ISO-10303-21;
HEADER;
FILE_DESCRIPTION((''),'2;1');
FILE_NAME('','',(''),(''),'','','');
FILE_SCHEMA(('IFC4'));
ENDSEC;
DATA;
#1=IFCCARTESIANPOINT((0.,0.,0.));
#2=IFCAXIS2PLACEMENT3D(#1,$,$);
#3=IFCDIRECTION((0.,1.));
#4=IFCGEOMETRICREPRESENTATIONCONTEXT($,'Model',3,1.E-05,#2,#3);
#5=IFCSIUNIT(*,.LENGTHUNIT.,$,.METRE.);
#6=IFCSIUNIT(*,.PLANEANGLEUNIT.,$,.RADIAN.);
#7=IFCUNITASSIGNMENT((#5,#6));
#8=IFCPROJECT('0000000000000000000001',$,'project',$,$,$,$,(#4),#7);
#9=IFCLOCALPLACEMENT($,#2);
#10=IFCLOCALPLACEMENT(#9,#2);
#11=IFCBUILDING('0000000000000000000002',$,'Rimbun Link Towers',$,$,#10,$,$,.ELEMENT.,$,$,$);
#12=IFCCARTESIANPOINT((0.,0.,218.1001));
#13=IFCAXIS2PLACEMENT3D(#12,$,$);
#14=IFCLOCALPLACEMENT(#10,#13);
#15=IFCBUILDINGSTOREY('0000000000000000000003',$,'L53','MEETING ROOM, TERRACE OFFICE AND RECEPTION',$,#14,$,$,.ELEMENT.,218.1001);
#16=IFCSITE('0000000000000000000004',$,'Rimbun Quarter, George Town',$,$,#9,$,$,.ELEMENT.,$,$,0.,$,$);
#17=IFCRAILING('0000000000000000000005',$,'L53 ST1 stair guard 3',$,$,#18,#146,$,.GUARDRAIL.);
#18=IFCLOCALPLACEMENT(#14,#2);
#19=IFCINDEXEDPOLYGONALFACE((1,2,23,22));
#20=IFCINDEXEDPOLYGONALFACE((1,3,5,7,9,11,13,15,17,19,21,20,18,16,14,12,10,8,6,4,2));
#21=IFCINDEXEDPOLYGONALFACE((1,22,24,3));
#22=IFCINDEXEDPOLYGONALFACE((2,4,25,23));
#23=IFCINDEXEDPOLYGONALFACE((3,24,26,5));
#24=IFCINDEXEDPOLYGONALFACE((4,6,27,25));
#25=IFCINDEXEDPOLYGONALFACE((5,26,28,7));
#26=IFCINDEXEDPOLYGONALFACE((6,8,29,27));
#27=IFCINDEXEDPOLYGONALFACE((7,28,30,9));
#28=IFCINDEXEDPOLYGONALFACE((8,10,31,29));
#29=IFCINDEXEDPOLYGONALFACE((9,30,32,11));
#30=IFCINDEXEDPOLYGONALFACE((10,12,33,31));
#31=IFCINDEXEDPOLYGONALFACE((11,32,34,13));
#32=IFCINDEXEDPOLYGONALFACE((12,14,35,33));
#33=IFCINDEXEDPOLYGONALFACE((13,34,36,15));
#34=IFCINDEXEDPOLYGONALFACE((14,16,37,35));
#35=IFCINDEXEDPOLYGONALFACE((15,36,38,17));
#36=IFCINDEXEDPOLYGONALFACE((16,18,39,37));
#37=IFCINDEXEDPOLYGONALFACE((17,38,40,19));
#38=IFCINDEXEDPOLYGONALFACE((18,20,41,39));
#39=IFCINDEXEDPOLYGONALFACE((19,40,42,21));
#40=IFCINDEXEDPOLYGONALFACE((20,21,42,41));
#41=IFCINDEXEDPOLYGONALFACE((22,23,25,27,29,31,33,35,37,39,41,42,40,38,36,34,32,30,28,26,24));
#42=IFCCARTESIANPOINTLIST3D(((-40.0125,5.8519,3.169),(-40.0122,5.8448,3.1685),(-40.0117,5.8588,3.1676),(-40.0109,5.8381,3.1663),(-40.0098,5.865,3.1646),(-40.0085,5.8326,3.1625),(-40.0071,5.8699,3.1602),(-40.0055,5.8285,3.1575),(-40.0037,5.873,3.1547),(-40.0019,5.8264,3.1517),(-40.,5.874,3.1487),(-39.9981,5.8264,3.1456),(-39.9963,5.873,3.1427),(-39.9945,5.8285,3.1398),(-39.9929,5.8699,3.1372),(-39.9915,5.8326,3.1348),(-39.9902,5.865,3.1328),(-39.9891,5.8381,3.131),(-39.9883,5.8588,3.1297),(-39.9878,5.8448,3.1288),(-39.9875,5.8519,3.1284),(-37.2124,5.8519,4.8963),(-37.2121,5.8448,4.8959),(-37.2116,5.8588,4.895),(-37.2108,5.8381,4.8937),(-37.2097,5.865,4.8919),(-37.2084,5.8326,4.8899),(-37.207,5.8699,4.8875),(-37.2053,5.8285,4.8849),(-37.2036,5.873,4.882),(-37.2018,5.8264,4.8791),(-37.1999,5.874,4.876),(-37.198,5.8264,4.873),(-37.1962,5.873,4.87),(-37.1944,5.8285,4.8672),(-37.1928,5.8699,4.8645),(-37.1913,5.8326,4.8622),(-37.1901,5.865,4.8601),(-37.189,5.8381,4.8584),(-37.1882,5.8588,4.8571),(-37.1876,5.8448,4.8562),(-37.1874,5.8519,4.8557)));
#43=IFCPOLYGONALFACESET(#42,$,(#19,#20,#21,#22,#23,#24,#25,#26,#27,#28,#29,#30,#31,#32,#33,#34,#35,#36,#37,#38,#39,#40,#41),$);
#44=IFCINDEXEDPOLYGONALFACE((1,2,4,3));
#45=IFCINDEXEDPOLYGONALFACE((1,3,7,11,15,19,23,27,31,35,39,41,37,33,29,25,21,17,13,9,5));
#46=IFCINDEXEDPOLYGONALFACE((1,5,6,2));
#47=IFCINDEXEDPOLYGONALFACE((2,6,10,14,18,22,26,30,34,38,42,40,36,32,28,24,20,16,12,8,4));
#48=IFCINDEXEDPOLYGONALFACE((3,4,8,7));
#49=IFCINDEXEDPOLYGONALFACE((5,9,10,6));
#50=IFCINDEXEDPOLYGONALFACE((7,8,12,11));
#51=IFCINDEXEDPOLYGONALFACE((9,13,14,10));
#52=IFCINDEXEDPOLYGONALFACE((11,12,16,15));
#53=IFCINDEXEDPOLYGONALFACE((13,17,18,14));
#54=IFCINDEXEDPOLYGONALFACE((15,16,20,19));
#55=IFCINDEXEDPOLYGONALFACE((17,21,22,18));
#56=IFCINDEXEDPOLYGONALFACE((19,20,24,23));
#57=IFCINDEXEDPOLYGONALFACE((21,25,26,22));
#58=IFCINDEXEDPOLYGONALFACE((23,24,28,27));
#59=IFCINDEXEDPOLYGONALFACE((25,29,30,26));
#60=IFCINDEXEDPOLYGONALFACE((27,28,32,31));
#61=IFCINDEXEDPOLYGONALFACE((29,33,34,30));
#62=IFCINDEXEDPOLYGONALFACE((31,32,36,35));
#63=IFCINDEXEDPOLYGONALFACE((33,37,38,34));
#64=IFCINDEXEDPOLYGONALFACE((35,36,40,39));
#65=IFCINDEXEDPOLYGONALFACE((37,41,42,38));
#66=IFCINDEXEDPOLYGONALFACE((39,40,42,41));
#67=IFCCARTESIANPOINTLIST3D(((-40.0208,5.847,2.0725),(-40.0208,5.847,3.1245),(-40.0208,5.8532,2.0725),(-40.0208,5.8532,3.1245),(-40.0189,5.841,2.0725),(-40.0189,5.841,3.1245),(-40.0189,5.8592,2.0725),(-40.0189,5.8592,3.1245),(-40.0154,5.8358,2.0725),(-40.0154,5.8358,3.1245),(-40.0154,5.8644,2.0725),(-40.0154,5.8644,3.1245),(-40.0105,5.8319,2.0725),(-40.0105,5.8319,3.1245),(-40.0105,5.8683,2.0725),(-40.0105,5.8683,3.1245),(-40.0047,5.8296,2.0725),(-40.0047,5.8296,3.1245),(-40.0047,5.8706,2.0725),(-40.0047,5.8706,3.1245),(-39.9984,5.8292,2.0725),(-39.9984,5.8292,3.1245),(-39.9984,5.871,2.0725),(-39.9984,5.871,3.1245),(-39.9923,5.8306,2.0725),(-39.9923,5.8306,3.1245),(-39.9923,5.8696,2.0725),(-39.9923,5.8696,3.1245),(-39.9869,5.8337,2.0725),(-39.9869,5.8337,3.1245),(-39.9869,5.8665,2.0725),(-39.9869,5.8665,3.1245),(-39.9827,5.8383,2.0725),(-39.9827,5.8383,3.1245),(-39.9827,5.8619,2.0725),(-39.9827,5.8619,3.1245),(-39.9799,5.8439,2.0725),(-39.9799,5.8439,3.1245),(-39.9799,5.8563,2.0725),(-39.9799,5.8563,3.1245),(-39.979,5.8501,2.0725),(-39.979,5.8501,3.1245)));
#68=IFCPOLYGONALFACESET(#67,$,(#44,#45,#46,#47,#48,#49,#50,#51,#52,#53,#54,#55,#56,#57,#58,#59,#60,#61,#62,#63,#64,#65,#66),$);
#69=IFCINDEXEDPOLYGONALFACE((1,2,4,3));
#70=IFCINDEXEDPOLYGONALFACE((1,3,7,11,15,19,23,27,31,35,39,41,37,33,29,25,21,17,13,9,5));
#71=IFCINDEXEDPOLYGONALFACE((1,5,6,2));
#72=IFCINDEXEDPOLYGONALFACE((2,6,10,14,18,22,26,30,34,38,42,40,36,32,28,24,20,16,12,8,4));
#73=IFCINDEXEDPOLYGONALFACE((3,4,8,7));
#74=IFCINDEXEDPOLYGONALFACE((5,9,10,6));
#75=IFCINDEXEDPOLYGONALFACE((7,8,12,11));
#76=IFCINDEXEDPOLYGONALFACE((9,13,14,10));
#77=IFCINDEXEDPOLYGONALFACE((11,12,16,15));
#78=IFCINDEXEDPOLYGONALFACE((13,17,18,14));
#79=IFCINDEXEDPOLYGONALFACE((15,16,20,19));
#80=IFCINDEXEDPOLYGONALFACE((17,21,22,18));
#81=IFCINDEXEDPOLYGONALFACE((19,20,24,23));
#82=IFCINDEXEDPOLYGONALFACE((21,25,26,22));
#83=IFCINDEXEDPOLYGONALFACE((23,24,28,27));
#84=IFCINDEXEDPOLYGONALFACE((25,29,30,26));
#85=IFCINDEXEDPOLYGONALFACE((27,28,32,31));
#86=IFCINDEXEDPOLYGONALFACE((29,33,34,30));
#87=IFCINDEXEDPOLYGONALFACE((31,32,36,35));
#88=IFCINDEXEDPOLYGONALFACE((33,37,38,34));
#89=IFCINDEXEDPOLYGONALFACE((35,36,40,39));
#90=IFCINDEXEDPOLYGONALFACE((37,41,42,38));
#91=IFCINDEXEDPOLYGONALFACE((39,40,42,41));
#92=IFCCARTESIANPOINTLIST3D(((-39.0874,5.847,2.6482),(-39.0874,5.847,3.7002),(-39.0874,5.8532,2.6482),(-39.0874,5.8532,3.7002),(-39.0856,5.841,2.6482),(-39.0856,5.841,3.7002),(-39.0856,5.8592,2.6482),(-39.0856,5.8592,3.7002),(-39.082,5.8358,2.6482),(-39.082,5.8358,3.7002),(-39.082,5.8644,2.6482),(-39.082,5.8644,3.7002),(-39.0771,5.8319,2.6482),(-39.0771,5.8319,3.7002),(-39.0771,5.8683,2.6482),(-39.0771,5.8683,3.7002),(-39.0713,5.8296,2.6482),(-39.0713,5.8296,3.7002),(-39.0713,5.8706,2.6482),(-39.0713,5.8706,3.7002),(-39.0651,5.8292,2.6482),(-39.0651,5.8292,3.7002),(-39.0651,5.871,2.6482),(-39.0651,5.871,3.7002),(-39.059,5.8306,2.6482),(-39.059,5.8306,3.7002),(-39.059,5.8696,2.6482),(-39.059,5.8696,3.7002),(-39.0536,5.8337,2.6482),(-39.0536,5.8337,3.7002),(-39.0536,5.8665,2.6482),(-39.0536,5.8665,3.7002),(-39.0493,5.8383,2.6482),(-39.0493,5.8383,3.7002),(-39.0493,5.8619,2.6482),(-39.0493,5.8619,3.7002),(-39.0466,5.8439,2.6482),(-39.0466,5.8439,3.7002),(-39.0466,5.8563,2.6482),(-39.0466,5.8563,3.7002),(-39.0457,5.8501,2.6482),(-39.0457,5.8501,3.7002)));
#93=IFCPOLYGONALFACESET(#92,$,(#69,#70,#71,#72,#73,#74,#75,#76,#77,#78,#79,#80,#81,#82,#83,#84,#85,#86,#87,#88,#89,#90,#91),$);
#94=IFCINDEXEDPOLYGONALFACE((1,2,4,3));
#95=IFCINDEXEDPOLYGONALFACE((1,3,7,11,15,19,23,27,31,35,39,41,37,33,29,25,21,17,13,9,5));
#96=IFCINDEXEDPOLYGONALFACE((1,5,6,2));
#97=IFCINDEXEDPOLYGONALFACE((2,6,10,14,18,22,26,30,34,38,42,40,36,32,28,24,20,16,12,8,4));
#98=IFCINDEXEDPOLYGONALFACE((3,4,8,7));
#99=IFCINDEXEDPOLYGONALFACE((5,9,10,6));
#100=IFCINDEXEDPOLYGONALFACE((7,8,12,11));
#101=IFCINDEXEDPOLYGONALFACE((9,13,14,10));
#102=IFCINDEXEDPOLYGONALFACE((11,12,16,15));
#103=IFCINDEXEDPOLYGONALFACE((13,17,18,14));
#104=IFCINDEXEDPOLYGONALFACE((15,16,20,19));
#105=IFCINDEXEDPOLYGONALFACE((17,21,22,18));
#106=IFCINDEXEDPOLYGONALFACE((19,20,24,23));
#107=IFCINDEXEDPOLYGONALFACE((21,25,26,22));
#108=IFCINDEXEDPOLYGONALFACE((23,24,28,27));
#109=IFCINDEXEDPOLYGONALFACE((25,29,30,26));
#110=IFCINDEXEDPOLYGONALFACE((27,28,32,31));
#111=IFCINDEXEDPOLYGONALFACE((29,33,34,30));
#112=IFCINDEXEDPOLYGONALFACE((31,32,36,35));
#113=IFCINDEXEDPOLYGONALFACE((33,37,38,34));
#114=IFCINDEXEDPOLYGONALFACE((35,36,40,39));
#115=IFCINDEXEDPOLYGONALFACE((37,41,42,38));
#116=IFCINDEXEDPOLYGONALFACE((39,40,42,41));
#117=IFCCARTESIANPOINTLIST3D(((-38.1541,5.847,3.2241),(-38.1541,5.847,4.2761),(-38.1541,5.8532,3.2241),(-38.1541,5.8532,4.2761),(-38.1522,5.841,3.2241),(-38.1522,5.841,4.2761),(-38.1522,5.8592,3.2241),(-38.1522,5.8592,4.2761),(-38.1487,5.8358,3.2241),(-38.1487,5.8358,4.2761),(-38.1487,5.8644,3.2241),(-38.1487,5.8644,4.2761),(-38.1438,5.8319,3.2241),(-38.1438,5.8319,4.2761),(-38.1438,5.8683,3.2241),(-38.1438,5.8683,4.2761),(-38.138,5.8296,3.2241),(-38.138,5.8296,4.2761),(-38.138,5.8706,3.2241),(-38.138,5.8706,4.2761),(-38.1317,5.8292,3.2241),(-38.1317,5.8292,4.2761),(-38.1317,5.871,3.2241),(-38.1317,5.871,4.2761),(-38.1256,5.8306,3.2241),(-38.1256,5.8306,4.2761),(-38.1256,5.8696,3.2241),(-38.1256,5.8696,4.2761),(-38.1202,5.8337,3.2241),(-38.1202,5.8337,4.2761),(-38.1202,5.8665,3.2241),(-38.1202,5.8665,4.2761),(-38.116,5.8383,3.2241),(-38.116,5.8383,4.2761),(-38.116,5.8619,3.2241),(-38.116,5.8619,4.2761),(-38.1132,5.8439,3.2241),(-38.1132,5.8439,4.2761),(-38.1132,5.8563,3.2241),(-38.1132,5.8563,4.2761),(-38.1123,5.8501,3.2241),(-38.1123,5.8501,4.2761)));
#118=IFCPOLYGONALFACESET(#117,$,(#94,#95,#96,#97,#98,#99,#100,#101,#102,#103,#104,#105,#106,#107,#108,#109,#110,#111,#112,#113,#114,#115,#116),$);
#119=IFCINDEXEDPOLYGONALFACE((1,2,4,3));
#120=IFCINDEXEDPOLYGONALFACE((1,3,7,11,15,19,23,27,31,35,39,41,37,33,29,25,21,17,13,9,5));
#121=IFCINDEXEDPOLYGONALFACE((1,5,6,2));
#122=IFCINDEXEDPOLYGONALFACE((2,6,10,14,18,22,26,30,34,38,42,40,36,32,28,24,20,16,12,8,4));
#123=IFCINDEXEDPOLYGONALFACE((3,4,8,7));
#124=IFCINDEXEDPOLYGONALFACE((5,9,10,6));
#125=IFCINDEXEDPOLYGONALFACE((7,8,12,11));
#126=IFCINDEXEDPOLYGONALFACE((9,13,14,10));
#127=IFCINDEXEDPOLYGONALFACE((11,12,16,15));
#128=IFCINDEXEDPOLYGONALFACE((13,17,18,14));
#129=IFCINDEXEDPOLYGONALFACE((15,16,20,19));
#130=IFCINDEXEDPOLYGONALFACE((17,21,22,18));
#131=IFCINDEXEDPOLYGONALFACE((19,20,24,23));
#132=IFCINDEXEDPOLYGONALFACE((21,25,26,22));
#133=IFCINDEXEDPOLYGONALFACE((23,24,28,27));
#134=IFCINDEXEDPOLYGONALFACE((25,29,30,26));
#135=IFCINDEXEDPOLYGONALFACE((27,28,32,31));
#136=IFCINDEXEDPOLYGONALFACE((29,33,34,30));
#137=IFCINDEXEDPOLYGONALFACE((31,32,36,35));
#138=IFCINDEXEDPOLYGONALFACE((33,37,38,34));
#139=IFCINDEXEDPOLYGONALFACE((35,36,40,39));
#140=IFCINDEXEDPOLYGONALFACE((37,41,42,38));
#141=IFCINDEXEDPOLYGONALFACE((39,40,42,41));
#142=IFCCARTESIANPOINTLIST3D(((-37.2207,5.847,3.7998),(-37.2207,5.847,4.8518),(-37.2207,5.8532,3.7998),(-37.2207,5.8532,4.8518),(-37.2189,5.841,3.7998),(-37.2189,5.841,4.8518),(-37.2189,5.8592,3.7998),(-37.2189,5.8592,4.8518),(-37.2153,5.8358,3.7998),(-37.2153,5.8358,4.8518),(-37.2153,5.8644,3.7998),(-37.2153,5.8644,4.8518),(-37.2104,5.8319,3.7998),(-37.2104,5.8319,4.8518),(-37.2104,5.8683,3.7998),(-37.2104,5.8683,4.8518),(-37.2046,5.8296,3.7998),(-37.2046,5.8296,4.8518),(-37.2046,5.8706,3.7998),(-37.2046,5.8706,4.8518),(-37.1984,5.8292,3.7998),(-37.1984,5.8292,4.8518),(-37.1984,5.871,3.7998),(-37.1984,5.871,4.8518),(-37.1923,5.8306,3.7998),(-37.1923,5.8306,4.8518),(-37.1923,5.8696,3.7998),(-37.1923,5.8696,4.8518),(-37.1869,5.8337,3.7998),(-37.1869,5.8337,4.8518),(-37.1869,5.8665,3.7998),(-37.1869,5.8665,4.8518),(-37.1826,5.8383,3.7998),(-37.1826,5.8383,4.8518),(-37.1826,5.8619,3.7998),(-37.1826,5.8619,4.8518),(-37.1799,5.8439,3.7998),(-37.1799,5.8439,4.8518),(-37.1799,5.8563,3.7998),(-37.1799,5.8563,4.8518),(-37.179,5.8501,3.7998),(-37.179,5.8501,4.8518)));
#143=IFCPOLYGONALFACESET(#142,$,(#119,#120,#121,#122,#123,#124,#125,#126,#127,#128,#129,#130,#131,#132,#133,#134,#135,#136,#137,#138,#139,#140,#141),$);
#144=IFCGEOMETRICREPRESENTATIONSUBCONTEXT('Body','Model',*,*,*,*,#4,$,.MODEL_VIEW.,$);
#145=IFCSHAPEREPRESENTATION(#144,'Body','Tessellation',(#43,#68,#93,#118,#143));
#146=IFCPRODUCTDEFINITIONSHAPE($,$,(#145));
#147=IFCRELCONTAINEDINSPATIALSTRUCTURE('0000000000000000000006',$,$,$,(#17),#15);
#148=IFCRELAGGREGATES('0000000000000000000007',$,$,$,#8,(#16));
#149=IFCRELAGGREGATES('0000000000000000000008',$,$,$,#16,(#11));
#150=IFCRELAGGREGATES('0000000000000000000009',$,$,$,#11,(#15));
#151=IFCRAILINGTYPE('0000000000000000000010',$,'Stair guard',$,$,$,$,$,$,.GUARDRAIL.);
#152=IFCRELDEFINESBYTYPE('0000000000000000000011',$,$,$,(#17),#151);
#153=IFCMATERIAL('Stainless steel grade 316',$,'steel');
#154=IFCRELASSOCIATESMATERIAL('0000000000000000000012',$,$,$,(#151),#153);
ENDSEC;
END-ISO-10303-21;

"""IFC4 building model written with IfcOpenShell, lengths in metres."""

from ifc_helpers import new_model, si_unit, direction, frame, origin, origin_2d, place, context, subcontext, project, spatial, circle, extrude, material, type_object, element, save


model = new_model("IFC4")

# Units and contexts
model_context = context("Model", 3, precision=1e-05, world=origin(), true_north=direction((0.0, 1.0)))
body_context = subcontext(model_context, "Body", "Model", "MODEL_VIEW")
ifc_project = project(units=[si_unit("LENGTHUNIT", "METRE"), si_unit("PLANEANGLEUNIT", "RADIAN")], contexts=[model_context])

# Site, building, storey
site_placement = place(None, origin())
site = spatial("IfcSite", under=ifc_project, at=site_placement, Name="Rimbun Quarter, George Town", CompositionType="ELEMENT", RefElevation=0.0)
building_placement = place(site_placement, origin())
building = spatial("IfcBuilding", under=site, at=building_placement, Name="Rimbun Link Towers", CompositionType="ELEMENT")
storey_placement = place(building_placement, frame((0.0, 0.0, 218.1001)))
storey = spatial("IfcBuildingStorey", under=building, at=storey_placement, Name="L53", Description="MEETING ROOM, TERRACE OFFICE AND RECEPTION", CompositionType="ELEMENT", Elevation=218.1001)

# Railing
ifc_material_1 = material(Name="Stainless steel grade 316", Category="steel")
railing_type_1 = type_object("IfcRailingType", Name="Stair guard", PredefinedType="GUARDRAIL", material=ifc_material_1)
railing_1_placement = place(storey_placement, frame((-40.0, 5.8501, 2.0725)))
element("IfcRailing", 1, at=railing_1_placement, inside=storey, type_object=railing_type_1, Name="L53 ST1 stair guard 3", PredefinedType="GUARDRAIL", context=body_context, shape_type="SweptSolid", body=[
    extrude(circle(Radius=0.0239, at=origin_2d()), frame((0.0, 0.0, 1.0762), z_axis=(0.85109, 0.0, 0.52502), x_axis=(0.0, 1.0, 0.0)), (0.0, 0.0, 1.0), 3.29),
    extrude(circle(Radius=0.021, at=origin_2d()), origin(), (0.0, 0.0, 1.0), 1.052),
    extrude(circle(Radius=0.021, at=origin_2d()), frame((0.9333, 0.0, 0.5757)), (0.0, 0.0, 1.0), 1.052),
    extrude(circle(Radius=0.021, at=origin_2d()), frame((1.8667, 0.0, 1.1516)), (0.0, 0.0, 1.0), 1.052),
    extrude(circle(Radius=0.021, at=origin_2d()), frame((2.8, 0.0, 1.7273)), (0.0, 0.0, 1.0), 1.052),
])

save(model, "model.ifc")
